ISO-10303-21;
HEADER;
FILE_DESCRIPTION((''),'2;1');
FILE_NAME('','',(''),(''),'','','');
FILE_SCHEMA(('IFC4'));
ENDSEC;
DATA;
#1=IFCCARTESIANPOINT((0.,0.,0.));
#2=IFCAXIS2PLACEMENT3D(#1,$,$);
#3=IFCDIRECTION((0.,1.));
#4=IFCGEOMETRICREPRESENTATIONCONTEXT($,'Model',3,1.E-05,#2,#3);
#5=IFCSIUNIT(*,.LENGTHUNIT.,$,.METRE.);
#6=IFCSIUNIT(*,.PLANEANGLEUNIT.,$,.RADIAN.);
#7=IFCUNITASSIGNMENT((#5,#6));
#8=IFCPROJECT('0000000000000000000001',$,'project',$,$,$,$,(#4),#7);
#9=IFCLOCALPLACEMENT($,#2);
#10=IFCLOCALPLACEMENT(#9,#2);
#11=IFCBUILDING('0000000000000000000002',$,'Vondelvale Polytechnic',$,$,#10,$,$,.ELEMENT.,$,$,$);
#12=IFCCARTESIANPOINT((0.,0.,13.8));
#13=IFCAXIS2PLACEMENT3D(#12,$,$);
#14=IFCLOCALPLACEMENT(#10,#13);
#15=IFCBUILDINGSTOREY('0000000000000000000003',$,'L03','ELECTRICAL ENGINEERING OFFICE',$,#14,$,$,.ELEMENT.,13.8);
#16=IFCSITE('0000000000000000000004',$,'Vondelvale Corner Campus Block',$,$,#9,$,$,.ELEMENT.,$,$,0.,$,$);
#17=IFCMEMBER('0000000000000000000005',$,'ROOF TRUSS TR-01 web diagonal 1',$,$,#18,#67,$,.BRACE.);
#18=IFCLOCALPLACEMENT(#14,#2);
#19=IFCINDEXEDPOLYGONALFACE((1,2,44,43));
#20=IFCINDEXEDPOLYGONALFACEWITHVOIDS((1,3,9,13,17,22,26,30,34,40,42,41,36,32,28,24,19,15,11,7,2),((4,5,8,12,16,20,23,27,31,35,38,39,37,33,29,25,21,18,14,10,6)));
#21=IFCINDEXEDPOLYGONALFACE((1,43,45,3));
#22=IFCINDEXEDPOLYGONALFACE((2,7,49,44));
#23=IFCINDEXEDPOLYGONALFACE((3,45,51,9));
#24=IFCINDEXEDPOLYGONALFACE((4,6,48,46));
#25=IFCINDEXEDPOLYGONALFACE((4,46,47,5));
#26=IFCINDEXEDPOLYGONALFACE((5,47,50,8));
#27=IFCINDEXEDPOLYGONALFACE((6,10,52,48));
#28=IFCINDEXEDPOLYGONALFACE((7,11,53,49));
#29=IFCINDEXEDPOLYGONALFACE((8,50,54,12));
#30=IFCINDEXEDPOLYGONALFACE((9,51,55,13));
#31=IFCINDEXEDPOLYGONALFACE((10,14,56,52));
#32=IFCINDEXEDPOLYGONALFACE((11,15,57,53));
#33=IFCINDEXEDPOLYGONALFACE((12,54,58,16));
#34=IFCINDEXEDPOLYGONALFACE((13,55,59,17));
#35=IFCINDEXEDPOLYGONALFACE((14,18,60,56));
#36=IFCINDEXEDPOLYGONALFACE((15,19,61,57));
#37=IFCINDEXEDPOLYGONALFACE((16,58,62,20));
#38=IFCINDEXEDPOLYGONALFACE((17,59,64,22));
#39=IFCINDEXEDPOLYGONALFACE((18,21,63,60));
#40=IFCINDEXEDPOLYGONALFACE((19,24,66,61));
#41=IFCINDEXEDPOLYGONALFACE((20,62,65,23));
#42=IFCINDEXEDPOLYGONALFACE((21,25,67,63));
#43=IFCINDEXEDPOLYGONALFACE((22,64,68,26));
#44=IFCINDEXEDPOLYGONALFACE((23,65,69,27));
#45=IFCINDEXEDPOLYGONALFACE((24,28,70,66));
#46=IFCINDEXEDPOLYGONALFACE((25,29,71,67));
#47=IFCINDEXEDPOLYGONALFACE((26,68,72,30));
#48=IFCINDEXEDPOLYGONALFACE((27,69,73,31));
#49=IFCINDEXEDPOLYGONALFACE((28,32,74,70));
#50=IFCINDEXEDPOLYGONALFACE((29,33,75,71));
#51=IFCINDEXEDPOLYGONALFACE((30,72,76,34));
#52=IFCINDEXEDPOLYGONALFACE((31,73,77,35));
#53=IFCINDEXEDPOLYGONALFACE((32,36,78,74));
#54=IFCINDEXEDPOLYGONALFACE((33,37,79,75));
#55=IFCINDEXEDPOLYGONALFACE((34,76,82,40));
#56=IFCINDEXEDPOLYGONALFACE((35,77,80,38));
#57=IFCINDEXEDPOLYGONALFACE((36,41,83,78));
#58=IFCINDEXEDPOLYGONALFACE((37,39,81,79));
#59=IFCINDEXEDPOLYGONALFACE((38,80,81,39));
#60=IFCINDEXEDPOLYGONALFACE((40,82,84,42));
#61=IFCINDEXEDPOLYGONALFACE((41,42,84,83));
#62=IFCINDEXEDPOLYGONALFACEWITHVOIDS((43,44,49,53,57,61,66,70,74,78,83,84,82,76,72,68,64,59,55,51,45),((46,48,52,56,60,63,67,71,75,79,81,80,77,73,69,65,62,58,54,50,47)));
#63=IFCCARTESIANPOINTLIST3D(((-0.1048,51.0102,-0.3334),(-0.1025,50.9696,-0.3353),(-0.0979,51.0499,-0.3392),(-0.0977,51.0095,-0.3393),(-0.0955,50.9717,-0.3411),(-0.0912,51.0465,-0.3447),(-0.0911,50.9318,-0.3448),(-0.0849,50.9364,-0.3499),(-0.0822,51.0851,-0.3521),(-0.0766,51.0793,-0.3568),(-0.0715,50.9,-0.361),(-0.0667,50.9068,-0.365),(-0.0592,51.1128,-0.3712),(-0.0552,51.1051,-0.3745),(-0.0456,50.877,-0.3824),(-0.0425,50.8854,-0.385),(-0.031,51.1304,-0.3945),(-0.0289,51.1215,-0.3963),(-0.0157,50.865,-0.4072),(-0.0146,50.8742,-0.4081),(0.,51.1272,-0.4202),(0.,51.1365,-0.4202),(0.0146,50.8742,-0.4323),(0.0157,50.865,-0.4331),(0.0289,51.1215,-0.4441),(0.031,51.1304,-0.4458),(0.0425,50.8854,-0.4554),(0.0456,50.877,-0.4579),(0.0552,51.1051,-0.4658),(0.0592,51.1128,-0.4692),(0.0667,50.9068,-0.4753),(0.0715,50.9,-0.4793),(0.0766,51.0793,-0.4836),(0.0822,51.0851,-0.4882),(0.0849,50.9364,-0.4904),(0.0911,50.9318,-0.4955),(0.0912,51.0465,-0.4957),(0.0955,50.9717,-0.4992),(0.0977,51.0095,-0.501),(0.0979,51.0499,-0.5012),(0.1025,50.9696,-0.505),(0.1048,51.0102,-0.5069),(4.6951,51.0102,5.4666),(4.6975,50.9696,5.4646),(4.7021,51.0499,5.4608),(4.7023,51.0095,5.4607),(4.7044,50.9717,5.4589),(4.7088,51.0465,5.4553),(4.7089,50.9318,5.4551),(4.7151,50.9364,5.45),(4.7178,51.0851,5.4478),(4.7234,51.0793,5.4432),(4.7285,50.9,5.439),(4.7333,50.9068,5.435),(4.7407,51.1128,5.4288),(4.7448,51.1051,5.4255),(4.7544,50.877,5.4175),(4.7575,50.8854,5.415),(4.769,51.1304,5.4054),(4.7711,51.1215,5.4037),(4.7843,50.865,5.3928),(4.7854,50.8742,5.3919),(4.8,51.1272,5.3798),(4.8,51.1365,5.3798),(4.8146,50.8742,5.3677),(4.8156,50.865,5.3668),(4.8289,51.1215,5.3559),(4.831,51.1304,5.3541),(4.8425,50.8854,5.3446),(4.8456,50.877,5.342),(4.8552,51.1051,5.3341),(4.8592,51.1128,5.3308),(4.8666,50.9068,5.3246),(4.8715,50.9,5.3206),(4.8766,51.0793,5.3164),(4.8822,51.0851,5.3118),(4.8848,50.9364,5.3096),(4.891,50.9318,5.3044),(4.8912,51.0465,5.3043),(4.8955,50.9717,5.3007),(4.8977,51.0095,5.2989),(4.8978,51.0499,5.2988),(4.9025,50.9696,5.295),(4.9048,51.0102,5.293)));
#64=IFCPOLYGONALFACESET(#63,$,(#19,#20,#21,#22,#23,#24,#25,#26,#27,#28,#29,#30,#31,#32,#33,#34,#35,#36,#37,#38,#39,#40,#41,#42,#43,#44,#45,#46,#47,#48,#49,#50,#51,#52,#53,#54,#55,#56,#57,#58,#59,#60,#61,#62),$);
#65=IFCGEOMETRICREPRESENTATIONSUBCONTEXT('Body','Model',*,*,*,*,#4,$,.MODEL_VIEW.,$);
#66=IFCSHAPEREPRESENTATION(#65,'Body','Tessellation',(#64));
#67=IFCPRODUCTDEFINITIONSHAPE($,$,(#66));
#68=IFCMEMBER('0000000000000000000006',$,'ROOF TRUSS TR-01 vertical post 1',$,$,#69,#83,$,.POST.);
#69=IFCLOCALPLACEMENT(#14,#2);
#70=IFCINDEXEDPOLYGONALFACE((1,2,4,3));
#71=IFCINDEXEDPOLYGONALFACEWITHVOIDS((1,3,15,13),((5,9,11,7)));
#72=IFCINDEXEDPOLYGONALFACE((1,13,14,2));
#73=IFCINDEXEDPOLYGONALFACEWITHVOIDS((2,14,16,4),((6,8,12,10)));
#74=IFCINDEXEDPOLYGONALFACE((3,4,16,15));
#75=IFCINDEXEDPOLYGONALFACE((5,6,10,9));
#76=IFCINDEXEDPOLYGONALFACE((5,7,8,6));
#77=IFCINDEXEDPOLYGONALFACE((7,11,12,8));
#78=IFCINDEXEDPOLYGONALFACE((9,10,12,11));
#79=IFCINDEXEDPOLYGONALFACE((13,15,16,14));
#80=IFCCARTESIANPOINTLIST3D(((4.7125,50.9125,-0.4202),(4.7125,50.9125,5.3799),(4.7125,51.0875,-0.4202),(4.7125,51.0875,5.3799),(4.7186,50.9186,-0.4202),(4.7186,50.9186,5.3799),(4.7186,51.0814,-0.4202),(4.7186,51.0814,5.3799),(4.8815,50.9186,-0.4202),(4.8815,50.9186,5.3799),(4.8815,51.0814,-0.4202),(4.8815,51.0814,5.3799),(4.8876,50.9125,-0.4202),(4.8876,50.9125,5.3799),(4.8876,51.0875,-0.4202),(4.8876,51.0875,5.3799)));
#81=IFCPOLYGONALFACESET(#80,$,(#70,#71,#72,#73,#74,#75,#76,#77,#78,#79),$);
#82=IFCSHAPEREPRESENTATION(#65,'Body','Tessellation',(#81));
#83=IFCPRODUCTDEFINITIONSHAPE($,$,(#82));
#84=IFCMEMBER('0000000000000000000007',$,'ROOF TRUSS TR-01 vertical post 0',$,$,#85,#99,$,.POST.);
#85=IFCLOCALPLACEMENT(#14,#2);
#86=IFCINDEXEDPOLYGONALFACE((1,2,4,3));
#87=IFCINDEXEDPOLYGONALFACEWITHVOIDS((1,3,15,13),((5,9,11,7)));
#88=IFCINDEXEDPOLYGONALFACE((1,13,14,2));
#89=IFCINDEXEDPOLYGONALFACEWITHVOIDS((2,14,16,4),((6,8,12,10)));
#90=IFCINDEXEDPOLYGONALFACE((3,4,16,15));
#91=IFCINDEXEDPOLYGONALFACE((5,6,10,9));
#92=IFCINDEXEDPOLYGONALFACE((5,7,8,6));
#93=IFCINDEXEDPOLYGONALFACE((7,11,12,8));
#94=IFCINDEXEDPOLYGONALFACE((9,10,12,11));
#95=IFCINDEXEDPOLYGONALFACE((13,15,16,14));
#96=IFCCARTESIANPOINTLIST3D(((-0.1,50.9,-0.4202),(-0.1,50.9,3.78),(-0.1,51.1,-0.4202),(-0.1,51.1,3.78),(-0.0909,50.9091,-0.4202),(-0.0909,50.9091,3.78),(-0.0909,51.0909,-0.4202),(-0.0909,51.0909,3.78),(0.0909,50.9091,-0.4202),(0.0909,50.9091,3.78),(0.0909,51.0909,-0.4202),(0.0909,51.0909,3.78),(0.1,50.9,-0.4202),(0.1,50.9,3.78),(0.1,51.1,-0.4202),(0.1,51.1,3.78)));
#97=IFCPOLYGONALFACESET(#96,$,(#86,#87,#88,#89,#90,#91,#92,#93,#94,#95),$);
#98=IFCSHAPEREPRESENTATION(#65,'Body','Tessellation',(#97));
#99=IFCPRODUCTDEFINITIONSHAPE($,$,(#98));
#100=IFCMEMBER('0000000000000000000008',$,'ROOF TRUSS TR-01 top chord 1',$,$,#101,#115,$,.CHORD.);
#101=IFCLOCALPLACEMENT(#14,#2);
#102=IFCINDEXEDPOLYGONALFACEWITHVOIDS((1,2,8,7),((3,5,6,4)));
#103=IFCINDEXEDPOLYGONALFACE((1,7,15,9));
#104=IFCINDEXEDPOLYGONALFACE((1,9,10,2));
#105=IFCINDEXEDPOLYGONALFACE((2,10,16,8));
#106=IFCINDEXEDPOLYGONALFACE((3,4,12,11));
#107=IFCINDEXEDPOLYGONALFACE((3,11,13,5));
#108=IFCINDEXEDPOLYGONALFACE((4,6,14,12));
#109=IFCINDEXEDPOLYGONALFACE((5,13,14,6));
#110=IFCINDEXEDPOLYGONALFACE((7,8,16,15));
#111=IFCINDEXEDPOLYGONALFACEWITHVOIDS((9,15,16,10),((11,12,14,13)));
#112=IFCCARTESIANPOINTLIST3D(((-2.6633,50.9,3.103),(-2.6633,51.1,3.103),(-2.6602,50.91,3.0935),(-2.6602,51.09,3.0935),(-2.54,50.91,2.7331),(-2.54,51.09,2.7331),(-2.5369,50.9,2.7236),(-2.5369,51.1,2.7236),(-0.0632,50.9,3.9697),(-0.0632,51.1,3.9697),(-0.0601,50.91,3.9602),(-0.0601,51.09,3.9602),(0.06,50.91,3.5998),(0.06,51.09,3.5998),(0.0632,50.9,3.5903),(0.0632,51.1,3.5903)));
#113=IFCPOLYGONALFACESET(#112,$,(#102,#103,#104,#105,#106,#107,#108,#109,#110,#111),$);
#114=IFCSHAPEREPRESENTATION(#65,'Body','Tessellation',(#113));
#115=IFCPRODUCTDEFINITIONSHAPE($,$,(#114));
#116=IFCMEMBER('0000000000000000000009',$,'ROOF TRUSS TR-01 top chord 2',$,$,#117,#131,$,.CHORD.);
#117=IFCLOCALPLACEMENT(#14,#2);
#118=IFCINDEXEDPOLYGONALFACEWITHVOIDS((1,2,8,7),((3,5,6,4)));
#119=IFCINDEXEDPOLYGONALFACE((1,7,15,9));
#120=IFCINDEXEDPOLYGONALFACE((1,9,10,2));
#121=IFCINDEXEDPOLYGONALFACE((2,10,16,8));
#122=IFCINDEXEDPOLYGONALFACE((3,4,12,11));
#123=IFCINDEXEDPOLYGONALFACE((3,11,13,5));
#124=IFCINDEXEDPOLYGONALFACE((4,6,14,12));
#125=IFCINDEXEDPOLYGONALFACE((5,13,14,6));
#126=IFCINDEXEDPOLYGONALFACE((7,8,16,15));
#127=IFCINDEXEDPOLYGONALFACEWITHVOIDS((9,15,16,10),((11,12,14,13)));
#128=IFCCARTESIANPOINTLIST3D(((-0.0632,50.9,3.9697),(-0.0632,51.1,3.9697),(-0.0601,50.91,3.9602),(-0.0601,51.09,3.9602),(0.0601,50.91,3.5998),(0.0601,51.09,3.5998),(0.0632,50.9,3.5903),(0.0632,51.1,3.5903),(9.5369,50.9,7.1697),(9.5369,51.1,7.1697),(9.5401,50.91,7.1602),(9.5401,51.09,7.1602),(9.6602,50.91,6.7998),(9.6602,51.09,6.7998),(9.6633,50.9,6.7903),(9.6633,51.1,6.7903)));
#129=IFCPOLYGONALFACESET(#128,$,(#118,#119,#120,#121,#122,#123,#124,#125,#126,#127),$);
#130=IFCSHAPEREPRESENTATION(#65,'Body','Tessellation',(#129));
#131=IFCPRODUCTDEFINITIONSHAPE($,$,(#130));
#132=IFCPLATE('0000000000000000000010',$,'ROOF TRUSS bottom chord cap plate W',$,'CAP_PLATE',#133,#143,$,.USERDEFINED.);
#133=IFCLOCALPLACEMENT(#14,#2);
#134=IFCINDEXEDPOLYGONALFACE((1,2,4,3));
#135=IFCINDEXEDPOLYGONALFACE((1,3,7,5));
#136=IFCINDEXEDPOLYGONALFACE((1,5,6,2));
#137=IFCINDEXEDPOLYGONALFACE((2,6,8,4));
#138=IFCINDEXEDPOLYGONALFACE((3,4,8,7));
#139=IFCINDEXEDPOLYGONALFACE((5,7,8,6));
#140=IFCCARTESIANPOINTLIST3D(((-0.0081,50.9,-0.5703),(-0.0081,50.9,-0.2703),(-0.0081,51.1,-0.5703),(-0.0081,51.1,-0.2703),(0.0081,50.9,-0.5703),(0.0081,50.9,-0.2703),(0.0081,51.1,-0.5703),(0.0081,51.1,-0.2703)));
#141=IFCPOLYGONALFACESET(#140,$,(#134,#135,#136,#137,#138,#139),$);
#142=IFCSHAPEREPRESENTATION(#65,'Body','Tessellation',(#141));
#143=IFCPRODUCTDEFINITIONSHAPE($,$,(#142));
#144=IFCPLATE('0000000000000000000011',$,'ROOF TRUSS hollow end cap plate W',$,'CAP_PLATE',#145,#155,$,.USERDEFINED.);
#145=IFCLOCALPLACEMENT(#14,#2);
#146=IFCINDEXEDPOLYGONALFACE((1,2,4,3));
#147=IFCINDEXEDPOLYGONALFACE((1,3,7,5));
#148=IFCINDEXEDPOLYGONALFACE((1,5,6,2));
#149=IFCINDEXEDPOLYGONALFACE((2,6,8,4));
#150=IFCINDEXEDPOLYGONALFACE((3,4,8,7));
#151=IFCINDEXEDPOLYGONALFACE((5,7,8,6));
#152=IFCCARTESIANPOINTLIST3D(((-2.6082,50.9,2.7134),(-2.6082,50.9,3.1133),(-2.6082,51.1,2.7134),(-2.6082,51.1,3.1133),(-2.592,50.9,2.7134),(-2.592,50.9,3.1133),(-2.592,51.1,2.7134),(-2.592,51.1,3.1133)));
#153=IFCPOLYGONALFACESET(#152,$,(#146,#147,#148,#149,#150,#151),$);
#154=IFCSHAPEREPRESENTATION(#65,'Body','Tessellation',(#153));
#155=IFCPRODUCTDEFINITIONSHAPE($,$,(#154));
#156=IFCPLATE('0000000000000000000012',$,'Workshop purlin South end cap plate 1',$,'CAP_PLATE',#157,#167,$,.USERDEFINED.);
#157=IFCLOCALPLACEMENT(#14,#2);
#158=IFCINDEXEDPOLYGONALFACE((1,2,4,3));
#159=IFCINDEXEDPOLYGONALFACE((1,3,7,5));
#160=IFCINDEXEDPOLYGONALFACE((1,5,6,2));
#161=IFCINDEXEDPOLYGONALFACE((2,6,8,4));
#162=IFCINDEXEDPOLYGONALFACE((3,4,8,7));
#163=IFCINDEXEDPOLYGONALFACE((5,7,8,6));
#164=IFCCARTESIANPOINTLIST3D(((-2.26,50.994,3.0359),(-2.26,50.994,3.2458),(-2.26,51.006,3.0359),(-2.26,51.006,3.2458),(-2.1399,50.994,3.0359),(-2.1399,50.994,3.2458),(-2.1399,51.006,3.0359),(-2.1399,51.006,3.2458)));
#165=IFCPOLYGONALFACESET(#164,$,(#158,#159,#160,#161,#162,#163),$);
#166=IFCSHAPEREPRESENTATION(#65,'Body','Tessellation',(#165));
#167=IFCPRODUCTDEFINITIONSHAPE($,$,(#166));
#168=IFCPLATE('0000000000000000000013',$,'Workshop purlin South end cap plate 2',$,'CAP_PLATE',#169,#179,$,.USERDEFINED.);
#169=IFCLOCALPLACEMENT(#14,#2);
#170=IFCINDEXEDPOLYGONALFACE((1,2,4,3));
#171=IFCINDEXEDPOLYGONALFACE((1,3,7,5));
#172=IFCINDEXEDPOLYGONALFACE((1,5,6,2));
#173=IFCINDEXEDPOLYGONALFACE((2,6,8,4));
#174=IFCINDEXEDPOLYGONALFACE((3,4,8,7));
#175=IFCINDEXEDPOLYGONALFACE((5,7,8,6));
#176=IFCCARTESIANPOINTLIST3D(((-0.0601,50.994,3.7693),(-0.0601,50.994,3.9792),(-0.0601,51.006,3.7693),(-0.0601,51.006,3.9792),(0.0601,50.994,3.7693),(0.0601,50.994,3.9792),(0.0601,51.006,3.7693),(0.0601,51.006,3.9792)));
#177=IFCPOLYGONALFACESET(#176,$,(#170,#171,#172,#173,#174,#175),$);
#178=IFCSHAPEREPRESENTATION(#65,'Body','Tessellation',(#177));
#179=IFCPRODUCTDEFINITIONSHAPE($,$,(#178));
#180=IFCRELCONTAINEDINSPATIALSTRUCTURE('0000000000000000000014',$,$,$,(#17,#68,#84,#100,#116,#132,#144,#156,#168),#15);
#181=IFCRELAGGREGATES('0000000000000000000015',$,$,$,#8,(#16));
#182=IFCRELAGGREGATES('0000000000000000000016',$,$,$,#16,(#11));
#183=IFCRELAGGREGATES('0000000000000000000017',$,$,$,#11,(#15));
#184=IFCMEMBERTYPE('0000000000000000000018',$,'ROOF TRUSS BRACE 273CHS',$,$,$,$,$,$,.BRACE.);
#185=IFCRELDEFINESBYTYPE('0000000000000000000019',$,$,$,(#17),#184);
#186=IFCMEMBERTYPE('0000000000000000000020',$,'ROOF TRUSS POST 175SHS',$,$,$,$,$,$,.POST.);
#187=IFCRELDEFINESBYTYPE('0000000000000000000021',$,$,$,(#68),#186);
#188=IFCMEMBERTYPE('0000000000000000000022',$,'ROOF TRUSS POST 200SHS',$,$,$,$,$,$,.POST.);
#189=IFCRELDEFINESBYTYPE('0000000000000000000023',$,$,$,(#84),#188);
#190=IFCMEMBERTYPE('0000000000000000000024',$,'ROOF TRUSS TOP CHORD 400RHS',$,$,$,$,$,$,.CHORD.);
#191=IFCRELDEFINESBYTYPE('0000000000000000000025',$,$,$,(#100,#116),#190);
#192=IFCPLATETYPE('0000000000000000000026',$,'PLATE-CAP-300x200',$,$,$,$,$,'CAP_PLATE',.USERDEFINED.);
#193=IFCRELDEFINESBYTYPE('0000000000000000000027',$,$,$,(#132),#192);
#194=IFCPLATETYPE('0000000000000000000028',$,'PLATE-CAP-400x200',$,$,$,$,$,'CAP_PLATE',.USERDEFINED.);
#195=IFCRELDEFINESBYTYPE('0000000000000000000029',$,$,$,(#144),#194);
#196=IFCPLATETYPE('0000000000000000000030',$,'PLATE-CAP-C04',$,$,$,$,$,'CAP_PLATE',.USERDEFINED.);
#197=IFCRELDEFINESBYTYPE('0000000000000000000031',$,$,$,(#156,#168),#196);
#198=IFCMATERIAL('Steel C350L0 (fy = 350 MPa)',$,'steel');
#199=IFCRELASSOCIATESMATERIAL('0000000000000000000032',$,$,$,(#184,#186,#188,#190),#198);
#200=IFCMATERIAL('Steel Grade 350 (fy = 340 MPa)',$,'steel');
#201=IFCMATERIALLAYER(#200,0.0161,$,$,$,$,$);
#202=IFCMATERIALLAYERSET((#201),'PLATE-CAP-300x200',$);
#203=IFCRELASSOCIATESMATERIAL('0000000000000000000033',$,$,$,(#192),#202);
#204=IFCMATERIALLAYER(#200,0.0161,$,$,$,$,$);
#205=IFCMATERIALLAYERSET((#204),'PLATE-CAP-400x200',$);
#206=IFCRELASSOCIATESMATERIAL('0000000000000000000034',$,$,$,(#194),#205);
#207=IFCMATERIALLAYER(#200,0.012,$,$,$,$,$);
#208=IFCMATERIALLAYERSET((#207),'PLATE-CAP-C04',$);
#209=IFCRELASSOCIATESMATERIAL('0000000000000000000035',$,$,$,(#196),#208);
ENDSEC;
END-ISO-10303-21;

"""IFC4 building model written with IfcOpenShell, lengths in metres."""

from ifc_helpers import new_model, si_unit, direction, frame, origin, origin_2d, place, context, subcontext, project, spatial, rectangle, hollow_rectangle, hollow_circle, extrude, material, layer, layer_set, material_profile, profile_set, type_object, element, save


model = new_model("IFC4")

# Units and contexts
model_context = context("Model", 3, precision=1e-05, world=origin(), true_north=direction((0.0, 1.0)))
body_context = subcontext(model_context, "Body", "Model", "MODEL_VIEW")
ifc_project = project(units=[si_unit("LENGTHUNIT", "METRE"), si_unit("PLANEANGLEUNIT", "RADIAN")], contexts=[model_context])

# Site, building, storey
site_placement = place(None, origin())
site = spatial("IfcSite", under=ifc_project, at=site_placement, Name="Vondelvale Corner Campus Block", CompositionType="ELEMENT", RefElevation=0.0)
building_placement = place(site_placement, origin())
building = spatial("IfcBuilding", under=site, at=building_placement, Name="Vondelvale Polytechnic", CompositionType="ELEMENT")
storey_placement = place(building_placement, frame((0.0, 0.0, 13.8)))
storey = spatial("IfcBuildingStorey", under=building, at=storey_placement, Name="L03", Description="ELECTRICAL ENGINEERING OFFICE", CompositionType="ELEMENT", Elevation=13.8)

# Members
ifc_material_1 = material(Name="Steel C350L0 (fy = 350 MPa)", Category="steel")
ifc_material_profile_1 = material_profile(ifc_material_1, hollow_circle(Radius=0.1365, WallThickness=0.0093, at=origin_2d()), Name="273.1x9.3CHS")
ifc_profile_set_1 = profile_set([ifc_material_profile_1], Name="Steel C350L0 (fy = 350 MPa)")
member_type_1 = type_object("IfcMemberType", Name="ROOF TRUSS BRACE 273CHS", PredefinedType="BRACE", material=ifc_profile_set_1)
member_1_placement = place(storey_placement, frame((0.0, 51.0, -0.4202), z_axis=(0.637568, 0.0, 0.770394), x_axis=(0.0, 1.0, 0.0)))
element("IfcMember", 1, at=member_1_placement, inside=storey, type_object=member_type_1, Name="ROOF TRUSS TR-01 web diagonal 1", PredefinedType="BRACE", context=body_context, shape_type="SweptSolid", body=[
    extrude(hollow_circle(Radius=0.1365, WallThickness=0.0093, at=origin_2d()), origin(), (0.0, 0.0, 1.0), 7.5286),
])
ifc_material_profile_2 = material_profile(ifc_material_1, hollow_rectangle(XDim=0.175, YDim=0.175, WallThickness=0.0061, at=origin_2d()), Name="175x175x6.0SHS")
ifc_profile_set_2 = profile_set([ifc_material_profile_2], Name="Steel C350L0 (fy = 350 MPa)")
member_type_2 = type_object("IfcMemberType", Name="ROOF TRUSS POST 175SHS", PredefinedType="POST", material=ifc_profile_set_2)
member_2_placement = place(storey_placement, frame((4.8, 51.0, -0.4202), z_axis=(0.0, 0.0, 1.0), x_axis=(1.0, 0.0, 0.0)))
element("IfcMember", 2, at=member_2_placement, inside=storey, type_object=member_type_2, Name="ROOF TRUSS TR-01 vertical post 1", PredefinedType="POST", context=body_context, shape_type="SweptSolid", body=[
    extrude(hollow_rectangle(XDim=0.175, YDim=0.175, WallThickness=0.0061, at=origin_2d()), origin(), (0.0, 0.0, 1.0), 5.8),
])
ifc_material_profile_3 = material_profile(ifc_material_1, hollow_rectangle(XDim=0.2, YDim=0.2, WallThickness=0.009, at=origin_2d()), Name="200x200x9.0SHS")
ifc_profile_set_3 = profile_set([ifc_material_profile_3], Name="Steel C350L0 (fy = 350 MPa)")
member_type_3 = type_object("IfcMemberType", Name="ROOF TRUSS POST 200SHS", PredefinedType="POST", material=ifc_profile_set_3)
member_3_placement = place(storey_placement, frame((0.0, 51.0, -0.4202), z_axis=(0.0, 0.0, 1.0), x_axis=(1.0, 0.0, 0.0)))
element("IfcMember", 3, at=member_3_placement, inside=storey, type_object=member_type_3, Name="ROOF TRUSS TR-01 vertical post 0", PredefinedType="POST", context=body_context, shape_type="SweptSolid", body=[
    extrude(hollow_rectangle(XDim=0.2, YDim=0.2, WallThickness=0.009, at=origin_2d()), origin(), (0.0, 0.0, 1.0), 4.2002),
])
ifc_material_profile_4 = material_profile(ifc_material_1, hollow_rectangle(XDim=0.2, YDim=0.3999, WallThickness=0.01, at=origin_2d()), Name="400x200x10.0RHS")
ifc_profile_set_4 = profile_set([ifc_material_profile_4], Name="Steel C350L0 (fy = 350 MPa)")
member_type_4 = type_object("IfcMemberType", Name="ROOF TRUSS TOP CHORD 400RHS", PredefinedType="CHORD", material=ifc_profile_set_4)
member_4_placement = place(storey_placement, frame((-2.6001, 51.0, 2.9133), z_axis=(0.948683, 0.0, 0.316228), x_axis=(0.0, 1.0, 0.0)))
element("IfcMember", 4, at=member_4_placement, inside=storey, type_object=member_type_4, Name="ROOF TRUSS TR-01 top chord 1", PredefinedType="CHORD", context=body_context, shape_type="SweptSolid", body=[
    extrude(hollow_rectangle(XDim=0.2, YDim=0.3999, WallThickness=0.01, at=origin_2d()), origin(), (0.0, 0.0, 1.0), 2.7407),
])
member_5_placement = place(storey_placement, frame((0.0, 51.0, 3.78), z_axis=(0.948686, 0.0, 0.316221), x_axis=(0.0, 1.0, 0.0)))
element("IfcMember", 5, at=member_5_placement, inside=storey, type_object=member_type_4, Name="ROOF TRUSS TR-01 top chord 2", PredefinedType="CHORD", context=body_context, shape_type="SweptSolid", body=[
    extrude(hollow_rectangle(XDim=0.2, YDim=0.3999, WallThickness=0.01, at=origin_2d()), origin(), (0.0, 0.0, 1.0), 10.1194),
])

# Plates
ifc_material_2 = material(Name="Steel Grade 350 (fy = 340 MPa)", Category="steel")
ifc_layer_1 = layer(ifc_material_2, 0.0161)
ifc_layer_set_1 = layer_set([ifc_layer_1], Name="PLATE-CAP-300x200")
plate_type_1 = type_object("IfcPlateType", Name="PLATE-CAP-300x200", ElementType="CAP_PLATE", PredefinedType="USERDEFINED", material=ifc_layer_set_1)
plate_1_placement = place(storey_placement, frame((0.0, 51.0, -0.5703), z_axis=(0.0, 0.0, 1.0), x_axis=(1.0, 0.0, 0.0)))
element("IfcPlate", 6, at=plate_1_placement, inside=storey, type_object=plate_type_1, Name="ROOF TRUSS bottom chord cap plate W", ObjectType="CAP_PLATE", PredefinedType="USERDEFINED", context=body_context, shape_type="SweptSolid", body=[
    extrude(rectangle(XDim=0.0161, YDim=0.2, at=origin_2d()), origin(), (0.0, 0.0, 1.0), 0.3),
])
ifc_layer_2 = layer(ifc_material_2, 0.0161)
ifc_layer_set_2 = layer_set([ifc_layer_2], Name="PLATE-CAP-400x200")
plate_type_2 = type_object("IfcPlateType", Name="PLATE-CAP-400x200", ElementType="CAP_PLATE", PredefinedType="USERDEFINED", material=ifc_layer_set_2)
plate_2_placement = place(storey_placement, frame((-2.6001, 51.0, 2.7134), z_axis=(0.0, 0.0, 1.0), x_axis=(1.0, 0.0, 0.0)))
element("IfcPlate", 7, at=plate_2_placement, inside=storey, type_object=plate_type_2, Name="ROOF TRUSS hollow end cap plate W", ObjectType="CAP_PLATE", PredefinedType="USERDEFINED", context=body_context, shape_type="SweptSolid", body=[
    extrude(rectangle(XDim=0.0161, YDim=0.2, at=origin_2d()), origin(), (0.0, 0.0, 1.0), 0.3999),
])
ifc_layer_3 = layer(ifc_material_2, 0.012)
ifc_layer_set_3 = layer_set([ifc_layer_3], Name="PLATE-CAP-C04")
plate_type_3 = type_object("IfcPlateType", Name="PLATE-CAP-C04", ElementType="CAP_PLATE", PredefinedType="USERDEFINED", material=ifc_layer_set_3)
for number, where, z_axis, x_axis, name in (
    (8, (-2.2, 51.0, 3.0359), (0.0, 0.0, 1.0), (1.0, 0.0, 0.0), "Workshop purlin South end cap plate 1"),
    (9, (0.0, 51.0, 3.7693), (0.0, 0.0, 1.0), (1.0, 0.0, 0.0), "Workshop purlin South end cap plate 2"),
):
    element("IfcPlate", number, at=place(storey_placement, frame(where, z_axis=z_axis, x_axis=x_axis)), inside=storey, type_object=plate_type_3, Name=name, ObjectType="CAP_PLATE", PredefinedType="USERDEFINED", context=body_context, shape_type="SweptSolid", body=[
        extrude(rectangle(XDim=0.1201, YDim=0.012, at=origin_2d()), origin(), (0.0, 0.0, 1.0), 0.21),
    ])

save(model, "model.ifc")
